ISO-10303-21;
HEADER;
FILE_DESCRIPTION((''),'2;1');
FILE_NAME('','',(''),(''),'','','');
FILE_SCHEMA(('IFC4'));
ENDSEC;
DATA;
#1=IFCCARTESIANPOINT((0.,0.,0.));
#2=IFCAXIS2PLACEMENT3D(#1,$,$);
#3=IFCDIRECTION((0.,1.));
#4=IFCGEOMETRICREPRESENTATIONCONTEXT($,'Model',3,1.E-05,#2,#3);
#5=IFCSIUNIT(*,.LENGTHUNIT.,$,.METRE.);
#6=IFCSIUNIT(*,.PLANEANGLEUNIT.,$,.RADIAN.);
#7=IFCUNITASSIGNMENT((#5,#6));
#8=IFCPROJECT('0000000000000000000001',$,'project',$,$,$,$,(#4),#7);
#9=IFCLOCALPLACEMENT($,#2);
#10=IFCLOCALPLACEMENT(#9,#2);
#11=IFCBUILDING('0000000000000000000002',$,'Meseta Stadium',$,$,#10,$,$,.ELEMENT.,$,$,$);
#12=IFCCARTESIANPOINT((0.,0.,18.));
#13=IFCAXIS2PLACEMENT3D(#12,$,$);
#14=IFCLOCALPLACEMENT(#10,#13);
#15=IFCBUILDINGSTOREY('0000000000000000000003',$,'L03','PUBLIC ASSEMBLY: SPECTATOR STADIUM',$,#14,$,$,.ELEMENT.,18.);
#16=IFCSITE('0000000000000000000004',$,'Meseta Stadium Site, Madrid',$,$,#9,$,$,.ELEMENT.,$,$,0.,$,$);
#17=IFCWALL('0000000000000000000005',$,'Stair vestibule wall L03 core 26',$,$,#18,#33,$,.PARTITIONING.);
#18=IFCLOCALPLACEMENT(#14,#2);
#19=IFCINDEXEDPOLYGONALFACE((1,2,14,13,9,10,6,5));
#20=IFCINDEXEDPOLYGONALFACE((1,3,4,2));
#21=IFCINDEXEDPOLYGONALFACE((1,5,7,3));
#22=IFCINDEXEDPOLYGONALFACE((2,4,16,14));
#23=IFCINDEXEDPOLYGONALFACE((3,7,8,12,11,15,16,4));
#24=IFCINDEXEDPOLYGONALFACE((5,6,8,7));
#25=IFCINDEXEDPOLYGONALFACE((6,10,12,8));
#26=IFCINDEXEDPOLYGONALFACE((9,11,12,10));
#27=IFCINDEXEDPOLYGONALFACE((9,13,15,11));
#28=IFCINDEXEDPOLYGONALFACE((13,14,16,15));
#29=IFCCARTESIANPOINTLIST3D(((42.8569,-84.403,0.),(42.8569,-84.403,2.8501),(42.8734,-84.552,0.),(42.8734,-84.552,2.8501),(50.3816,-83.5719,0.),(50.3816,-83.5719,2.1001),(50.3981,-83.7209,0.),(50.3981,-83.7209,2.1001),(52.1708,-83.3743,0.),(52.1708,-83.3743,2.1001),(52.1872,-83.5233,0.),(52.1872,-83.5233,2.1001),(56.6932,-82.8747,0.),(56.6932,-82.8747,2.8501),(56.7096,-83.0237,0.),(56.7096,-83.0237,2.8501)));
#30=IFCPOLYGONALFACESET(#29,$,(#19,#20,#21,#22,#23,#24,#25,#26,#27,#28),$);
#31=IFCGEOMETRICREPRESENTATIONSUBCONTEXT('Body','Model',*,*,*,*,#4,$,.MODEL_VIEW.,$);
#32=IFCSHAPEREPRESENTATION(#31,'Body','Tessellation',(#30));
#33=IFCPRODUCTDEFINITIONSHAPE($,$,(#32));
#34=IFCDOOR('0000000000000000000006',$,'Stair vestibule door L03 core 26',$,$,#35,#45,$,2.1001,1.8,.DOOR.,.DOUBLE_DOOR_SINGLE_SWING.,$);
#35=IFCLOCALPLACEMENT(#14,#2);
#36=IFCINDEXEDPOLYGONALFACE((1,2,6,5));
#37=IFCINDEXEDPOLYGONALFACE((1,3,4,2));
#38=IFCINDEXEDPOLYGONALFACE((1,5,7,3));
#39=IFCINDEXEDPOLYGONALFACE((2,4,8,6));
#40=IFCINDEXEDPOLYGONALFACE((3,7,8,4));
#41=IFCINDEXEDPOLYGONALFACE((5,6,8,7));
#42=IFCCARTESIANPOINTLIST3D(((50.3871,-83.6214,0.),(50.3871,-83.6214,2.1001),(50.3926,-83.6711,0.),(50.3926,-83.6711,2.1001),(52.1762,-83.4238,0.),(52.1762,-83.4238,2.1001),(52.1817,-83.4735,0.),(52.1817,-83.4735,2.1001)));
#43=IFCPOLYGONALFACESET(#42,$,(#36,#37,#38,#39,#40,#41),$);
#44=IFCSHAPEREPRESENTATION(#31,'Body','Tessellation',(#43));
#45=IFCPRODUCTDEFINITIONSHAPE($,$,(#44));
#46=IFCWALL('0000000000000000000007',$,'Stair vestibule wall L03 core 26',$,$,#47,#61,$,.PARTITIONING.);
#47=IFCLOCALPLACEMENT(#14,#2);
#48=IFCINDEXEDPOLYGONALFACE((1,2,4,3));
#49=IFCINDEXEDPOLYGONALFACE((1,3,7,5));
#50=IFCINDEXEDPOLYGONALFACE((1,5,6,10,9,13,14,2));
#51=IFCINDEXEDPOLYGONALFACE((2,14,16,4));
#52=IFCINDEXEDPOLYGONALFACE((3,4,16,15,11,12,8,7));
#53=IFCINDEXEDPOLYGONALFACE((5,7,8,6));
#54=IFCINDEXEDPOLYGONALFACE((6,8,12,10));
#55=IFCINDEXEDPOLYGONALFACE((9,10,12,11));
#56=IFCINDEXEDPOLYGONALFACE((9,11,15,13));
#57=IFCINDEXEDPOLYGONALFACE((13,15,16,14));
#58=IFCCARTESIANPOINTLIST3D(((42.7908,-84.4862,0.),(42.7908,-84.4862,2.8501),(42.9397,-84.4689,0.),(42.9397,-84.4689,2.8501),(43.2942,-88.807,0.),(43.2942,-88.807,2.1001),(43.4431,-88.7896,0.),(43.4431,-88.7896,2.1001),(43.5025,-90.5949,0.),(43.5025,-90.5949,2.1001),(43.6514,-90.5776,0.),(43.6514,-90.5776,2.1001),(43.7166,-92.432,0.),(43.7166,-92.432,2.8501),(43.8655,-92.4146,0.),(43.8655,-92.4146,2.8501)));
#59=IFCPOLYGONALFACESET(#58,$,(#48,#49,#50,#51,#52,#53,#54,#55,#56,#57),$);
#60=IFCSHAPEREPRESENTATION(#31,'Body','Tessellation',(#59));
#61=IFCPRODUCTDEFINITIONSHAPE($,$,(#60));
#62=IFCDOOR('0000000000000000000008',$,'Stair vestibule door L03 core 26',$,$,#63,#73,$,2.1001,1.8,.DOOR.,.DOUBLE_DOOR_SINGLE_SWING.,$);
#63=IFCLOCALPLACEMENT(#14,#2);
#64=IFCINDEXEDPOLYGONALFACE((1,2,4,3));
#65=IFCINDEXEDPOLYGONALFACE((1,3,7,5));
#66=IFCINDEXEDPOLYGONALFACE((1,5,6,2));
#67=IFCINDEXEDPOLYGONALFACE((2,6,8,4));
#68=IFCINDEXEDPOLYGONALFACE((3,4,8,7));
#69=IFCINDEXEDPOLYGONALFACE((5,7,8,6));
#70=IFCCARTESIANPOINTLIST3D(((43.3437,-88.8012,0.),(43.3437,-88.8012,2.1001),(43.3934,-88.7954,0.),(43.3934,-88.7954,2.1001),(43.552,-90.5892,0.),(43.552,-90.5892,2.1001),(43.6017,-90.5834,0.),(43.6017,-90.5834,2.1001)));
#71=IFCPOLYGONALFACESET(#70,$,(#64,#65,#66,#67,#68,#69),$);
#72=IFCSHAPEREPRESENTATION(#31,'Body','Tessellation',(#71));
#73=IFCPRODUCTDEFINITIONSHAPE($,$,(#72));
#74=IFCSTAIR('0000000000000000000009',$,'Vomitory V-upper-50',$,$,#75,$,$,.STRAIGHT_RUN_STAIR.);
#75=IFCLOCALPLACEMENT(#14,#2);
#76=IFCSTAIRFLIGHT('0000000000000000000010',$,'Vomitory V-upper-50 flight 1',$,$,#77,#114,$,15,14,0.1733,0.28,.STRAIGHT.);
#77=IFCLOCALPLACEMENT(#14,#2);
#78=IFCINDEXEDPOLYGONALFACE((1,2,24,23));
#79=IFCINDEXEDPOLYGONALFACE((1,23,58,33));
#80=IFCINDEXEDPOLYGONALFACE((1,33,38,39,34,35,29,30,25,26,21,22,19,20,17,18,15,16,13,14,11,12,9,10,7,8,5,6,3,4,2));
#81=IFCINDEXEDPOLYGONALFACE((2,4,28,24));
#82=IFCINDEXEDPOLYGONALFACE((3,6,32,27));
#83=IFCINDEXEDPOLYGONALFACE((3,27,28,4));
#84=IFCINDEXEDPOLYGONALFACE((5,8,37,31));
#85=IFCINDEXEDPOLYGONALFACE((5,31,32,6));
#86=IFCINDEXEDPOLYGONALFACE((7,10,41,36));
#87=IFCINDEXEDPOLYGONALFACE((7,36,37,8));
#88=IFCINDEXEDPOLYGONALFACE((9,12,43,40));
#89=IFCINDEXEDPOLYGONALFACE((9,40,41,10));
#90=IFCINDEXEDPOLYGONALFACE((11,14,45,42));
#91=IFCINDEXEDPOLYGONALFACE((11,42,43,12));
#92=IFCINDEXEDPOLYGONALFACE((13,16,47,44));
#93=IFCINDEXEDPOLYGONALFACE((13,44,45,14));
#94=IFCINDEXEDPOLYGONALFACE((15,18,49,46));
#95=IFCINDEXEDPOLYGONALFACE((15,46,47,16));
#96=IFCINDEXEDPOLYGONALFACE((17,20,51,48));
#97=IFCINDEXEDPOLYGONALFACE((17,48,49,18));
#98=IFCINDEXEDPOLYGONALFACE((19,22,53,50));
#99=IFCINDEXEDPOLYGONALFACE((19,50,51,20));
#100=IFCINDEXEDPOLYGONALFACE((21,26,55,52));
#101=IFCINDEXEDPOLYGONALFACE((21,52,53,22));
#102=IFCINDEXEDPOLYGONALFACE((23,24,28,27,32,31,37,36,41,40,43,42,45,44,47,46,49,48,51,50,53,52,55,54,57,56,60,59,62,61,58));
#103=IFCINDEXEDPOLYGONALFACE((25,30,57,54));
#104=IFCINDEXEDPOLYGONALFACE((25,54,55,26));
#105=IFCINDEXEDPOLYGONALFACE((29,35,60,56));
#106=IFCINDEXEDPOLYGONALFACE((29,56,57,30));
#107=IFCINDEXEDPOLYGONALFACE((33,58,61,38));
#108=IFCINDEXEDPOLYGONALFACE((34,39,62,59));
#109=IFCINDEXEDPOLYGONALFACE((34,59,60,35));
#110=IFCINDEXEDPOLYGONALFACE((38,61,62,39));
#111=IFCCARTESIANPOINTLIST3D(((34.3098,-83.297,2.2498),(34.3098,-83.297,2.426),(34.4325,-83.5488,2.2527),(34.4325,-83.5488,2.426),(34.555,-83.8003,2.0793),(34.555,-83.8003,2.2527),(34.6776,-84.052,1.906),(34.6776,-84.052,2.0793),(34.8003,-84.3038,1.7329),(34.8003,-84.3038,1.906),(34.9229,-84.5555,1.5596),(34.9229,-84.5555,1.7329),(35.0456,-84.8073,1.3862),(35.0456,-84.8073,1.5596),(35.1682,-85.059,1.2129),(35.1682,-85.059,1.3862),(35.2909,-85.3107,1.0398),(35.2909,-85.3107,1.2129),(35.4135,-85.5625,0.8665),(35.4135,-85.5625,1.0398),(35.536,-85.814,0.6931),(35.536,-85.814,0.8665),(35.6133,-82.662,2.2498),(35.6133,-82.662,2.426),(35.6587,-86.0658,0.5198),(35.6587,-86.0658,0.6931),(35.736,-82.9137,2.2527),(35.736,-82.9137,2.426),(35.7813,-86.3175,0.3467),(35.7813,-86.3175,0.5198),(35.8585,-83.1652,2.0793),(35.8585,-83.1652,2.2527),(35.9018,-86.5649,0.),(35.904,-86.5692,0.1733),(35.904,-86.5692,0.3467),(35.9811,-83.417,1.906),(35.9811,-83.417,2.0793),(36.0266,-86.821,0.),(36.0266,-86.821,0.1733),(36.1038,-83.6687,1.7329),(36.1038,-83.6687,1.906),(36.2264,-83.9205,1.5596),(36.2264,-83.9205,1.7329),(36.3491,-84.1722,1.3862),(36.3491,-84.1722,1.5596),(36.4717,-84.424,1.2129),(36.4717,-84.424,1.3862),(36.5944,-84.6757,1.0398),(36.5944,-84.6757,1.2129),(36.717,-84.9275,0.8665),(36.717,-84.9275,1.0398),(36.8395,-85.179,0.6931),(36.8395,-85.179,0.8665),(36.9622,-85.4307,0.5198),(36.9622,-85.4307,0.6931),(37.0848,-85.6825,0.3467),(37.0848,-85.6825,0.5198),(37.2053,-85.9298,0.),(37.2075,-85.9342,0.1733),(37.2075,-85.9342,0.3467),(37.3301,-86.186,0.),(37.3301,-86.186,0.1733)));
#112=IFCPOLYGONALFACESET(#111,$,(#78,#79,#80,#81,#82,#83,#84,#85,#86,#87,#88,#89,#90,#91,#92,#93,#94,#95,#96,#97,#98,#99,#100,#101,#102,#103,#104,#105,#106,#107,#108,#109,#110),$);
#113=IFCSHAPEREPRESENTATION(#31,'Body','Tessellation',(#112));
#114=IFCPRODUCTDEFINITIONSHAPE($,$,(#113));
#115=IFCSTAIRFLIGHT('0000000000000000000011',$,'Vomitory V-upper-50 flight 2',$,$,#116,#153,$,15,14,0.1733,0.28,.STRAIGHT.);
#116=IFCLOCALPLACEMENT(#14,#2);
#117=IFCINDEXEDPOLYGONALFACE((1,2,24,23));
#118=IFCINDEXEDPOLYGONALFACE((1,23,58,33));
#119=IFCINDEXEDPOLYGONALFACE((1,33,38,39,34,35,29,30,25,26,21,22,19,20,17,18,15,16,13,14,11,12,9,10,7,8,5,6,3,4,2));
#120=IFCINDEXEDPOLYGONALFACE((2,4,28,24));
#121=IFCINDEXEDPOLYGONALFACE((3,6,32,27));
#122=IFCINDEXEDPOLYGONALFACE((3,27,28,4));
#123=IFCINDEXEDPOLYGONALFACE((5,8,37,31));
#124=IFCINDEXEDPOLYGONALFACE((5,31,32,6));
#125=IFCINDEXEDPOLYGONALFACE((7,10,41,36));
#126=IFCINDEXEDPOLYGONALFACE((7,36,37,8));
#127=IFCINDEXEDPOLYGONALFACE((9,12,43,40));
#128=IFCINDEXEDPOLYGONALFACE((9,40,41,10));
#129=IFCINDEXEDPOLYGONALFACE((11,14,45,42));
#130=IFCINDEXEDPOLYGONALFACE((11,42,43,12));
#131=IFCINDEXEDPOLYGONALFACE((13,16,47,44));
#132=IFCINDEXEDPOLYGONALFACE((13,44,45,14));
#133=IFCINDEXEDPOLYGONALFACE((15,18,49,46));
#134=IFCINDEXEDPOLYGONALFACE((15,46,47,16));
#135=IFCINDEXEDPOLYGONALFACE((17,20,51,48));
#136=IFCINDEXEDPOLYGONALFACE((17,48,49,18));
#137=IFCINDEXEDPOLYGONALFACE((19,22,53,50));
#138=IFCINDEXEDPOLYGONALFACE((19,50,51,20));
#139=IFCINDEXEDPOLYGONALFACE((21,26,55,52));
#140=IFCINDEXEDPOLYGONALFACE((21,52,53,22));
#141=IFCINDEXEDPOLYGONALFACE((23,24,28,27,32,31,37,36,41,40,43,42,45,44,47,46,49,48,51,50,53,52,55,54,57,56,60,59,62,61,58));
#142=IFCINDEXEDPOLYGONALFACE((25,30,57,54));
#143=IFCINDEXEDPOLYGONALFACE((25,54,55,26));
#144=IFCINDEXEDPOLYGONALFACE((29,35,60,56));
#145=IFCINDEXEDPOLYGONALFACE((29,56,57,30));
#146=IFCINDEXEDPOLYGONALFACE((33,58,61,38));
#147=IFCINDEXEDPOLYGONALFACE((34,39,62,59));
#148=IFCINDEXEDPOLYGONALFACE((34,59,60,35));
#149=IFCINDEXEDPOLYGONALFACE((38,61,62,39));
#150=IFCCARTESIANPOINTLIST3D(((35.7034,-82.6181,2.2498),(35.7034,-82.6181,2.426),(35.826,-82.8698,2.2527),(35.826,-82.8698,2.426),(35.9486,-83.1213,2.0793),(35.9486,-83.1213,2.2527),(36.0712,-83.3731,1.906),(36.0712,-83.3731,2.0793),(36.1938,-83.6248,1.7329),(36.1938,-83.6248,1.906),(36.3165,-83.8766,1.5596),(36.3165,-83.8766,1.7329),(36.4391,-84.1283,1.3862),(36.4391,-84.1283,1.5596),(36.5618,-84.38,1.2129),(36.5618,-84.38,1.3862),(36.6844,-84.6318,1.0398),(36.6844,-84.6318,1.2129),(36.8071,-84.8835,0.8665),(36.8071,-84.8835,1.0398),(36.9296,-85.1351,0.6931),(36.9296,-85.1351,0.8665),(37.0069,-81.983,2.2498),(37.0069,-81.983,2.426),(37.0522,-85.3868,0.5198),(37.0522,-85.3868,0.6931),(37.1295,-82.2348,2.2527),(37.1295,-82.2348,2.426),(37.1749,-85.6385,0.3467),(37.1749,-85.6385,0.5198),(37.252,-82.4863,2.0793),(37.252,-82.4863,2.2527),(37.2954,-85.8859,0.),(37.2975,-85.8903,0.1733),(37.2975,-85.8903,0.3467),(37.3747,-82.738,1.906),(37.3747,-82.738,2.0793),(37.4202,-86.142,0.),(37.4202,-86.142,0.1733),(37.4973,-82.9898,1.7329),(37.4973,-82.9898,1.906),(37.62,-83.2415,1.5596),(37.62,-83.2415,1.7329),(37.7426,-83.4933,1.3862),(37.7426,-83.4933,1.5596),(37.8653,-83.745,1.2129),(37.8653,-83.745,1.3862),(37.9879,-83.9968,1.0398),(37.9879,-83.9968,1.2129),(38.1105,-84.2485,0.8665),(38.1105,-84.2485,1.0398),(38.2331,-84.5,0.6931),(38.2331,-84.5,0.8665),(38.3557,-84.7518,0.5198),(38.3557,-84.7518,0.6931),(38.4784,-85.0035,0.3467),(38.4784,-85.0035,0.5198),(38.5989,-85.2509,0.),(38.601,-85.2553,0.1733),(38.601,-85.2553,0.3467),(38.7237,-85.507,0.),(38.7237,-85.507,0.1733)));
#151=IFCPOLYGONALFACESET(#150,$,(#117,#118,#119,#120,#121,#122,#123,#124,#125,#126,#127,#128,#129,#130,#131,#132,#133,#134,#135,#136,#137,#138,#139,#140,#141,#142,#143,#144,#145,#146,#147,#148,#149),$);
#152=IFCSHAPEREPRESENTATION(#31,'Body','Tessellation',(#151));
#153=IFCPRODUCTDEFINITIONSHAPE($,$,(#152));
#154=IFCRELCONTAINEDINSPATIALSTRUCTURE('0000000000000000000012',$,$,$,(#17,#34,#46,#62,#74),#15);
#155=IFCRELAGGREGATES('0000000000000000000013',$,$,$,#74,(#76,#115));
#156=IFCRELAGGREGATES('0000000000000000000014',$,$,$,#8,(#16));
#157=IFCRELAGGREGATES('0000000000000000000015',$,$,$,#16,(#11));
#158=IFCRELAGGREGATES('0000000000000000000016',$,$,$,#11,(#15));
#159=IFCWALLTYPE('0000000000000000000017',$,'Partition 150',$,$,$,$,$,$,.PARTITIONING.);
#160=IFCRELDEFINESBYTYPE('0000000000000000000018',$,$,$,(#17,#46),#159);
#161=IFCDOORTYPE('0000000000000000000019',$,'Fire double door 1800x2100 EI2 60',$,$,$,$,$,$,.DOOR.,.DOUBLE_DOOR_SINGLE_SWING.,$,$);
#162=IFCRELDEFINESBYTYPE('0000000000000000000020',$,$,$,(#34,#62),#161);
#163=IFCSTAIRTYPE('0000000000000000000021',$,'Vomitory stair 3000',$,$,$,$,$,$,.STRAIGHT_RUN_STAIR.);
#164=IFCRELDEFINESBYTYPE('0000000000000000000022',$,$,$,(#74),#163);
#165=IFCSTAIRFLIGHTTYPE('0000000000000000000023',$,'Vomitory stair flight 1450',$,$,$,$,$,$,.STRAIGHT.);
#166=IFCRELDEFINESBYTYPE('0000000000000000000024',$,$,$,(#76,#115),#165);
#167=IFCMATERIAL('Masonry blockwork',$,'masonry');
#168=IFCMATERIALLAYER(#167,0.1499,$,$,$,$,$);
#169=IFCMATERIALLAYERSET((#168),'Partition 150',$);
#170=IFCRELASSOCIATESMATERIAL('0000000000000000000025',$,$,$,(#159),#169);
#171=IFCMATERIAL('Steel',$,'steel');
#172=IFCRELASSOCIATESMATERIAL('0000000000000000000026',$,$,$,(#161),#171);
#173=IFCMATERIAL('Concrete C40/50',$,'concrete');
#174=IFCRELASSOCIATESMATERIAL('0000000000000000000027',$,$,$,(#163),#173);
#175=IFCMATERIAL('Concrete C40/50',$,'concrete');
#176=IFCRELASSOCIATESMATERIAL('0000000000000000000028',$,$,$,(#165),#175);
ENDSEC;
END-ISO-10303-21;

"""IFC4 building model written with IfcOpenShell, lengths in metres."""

from ifc_helpers import new_model, si_unit, direction, frame, frame_2d, origin, place, context, subcontext, project, spatial, polyline, rectangle, outline, extrude, material, layer, layer_set, type_object, element, fill, aggregate, save


model = new_model("IFC4")

# Units and contexts
model_context = context("Model", 3, precision=1e-05, world=origin(), true_north=direction((0.0, 1.0)))
body_context = subcontext(model_context, "Body", "Model", "MODEL_VIEW")
ifc_project = project(units=[si_unit("LENGTHUNIT", "METRE"), si_unit("PLANEANGLEUNIT", "RADIAN")], contexts=[model_context])

# Site, building, storey
site_placement = place(None, origin())
site = spatial("IfcSite", under=ifc_project, at=site_placement, Name="Meseta Stadium Site, Madrid", CompositionType="ELEMENT", RefElevation=0.0)
building_placement = place(site_placement, origin())
building = spatial("IfcBuilding", under=site, at=building_placement, Name="Meseta Stadium", CompositionType="ELEMENT")
storey_placement = place(building_placement, frame((0.0, 0.0, 18.0)))
storey = spatial("IfcBuildingStorey", under=building, at=storey_placement, Name="L03", Description="PUBLIC ASSEMBLY: SPECTATOR STADIUM", CompositionType="ELEMENT", Elevation=18.0)

# Walls, openings, doors
ifc_material_1 = material(Name="Masonry blockwork", Category="masonry")
ifc_layer_1 = layer(ifc_material_1, 0.1499)
ifc_layer_set_1 = layer_set([ifc_layer_1], Name="Partition 150")
wall_type_1 = type_object("IfcWallType", Name="Partition 150", PredefinedType="PARTITIONING", material=ifc_layer_set_1)
wall_1_placement = place(storey_placement, frame((56.7014, -82.9492, 0.0), z_axis=(0.0, 0.0, 1.0), x_axis=(-0.993955, -0.10979, 0.0)))
wall_1 = element("IfcWall", 1, at=wall_1_placement, inside=storey, type_object=wall_type_1, Name="Stair vestibule wall L03 core 26", PredefinedType="PARTITIONING", context=body_context, shape_type="SweptSolid", body=[
    extrude(rectangle(XDim=13.9204, YDim=0.1499, at=frame_2d((6.9602, 0.0))), origin(), (0.0, 0.0, 1.0), 2.8501),
])
opening_1_placement = place(wall_1_placement, frame((4.55, 0.0, 0.0)))
opening_1 = element("IfcOpeningElement", 2, at=opening_1_placement, cuts=wall_1, PredefinedType="OPENING", context=body_context, shape_type="SweptSolid", body=[
    extrude(rectangle(XDim=1.8, YDim=2.1001, at=frame_2d((0.8999, 1.05))), frame((0.0, 0.085, 0.0), z_axis=(0.0, -1.0, 0.0), x_axis=(1.0, 0.0, 0.0)), (0.0, 0.0, 1.0), 0.1699),
])
ifc_material_2 = material(Name="Steel", Category="steel")
door_type_1 = type_object("IfcDoorType", Name="Fire double door 1800x2100 EI2 60", OperationType="DOUBLE_DOOR_SINGLE_SWING", PredefinedType="DOOR", material=ifc_material_2)
door_1_placement = place(opening_1_placement, origin())
door_1 = element("IfcDoor", 3, at=door_1_placement, inside=storey, type_object=door_type_1, Name="Stair vestibule door L03 core 26", OperationType="DOUBLE_DOOR_SINGLE_SWING", OverallHeight=2.1001, OverallWidth=1.8, PredefinedType="DOOR", context=body_context, shape_type="SweptSolid", body=[
    extrude(rectangle(XDim=1.8, YDim=2.1001, at=frame_2d((0.8999, 1.05))), frame((0.0, 0.0249, 0.0), z_axis=(0.0, -1.0, 0.0), x_axis=(1.0, 0.0, 0.0)), (0.0, 0.0, 1.0), 0.05),
])
fill(opening_1, door_1)
wall_2_placement = place(storey_placement, frame((42.8652, -84.4775, 0.0), z_axis=(0.0, 0.0, 1.0), x_axis=(0.115729, -0.993281, 0.0)))
wall_2 = element("IfcWall", 4, at=wall_2_placement, inside=storey, type_object=wall_type_1, Name="Stair vestibule wall L03 core 26", PredefinedType="PARTITIONING", context=body_context, shape_type="SweptSolid", body=[
    extrude(rectangle(XDim=7.9995, YDim=0.1499, at=frame_2d((3.9998, 0.0))), origin(), (0.0, 0.0, 1.0), 2.8501),
])
opening_2_placement = place(wall_2_placement, frame((4.3501, 0.0, 0.0)))
opening_2 = element("IfcOpeningElement", 5, at=opening_2_placement, cuts=wall_2, PredefinedType="OPENING", context=body_context, shape_type="SweptSolid", body=[
    extrude(rectangle(XDim=1.8, YDim=2.1001, at=frame_2d((0.8999, 1.05))), frame((0.0, 0.085, 0.0), z_axis=(0.0, -1.0, 0.0), x_axis=(1.0, 0.0, 0.0)), (0.0, 0.0, 1.0), 0.1699),
])
door_2_placement = place(opening_2_placement, origin())
door_2 = element("IfcDoor", 6, at=door_2_placement, inside=storey, type_object=door_type_1, Name="Stair vestibule door L03 core 26", OperationType="DOUBLE_DOOR_SINGLE_SWING", OverallHeight=2.1001, OverallWidth=1.8, PredefinedType="DOOR", context=body_context, shape_type="SweptSolid", body=[
    extrude(rectangle(XDim=1.8, YDim=2.1001, at=frame_2d((0.8999, 1.05))), frame((0.0, 0.0249, 0.0), z_axis=(0.0, -1.0, 0.0), x_axis=(1.0, 0.0, 0.0)), (0.0, 0.0, 1.0), 0.05),
])
fill(opening_2, door_2)

# Stair, stair flights
ifc_material_3 = material(Name="Concrete C40/50", Category="concrete")
stair_type = type_object("IfcStairType", Name="Vomitory stair 3000", PredefinedType="STRAIGHT_RUN_STAIR", material=ifc_material_3)
stair_1_placement = place(storey_placement, origin())
stair_1 = element("IfcStair", 7, at=stair_1_placement, inside=storey, type_object=stair_type, Name="Vomitory V-upper-50", PredefinedType="STRAIGHT_RUN_STAIR")
ifc_material_4 = material(Name="Concrete C40/50", Category="concrete")
stair_flight_type = type_object("IfcStairFlightType", Name="Vomitory stair flight 1450", PredefinedType="STRAIGHT", material=ifc_material_4)
stair_flight_1_placement = place(storey_placement, frame((36.6785, -86.5034, 0.0), z_axis=(0.0, 0.0, 1.0), x_axis=(-0.437966, 0.898991, 0.0)))
stair_flight_1 = element("IfcStairFlight", 8, at=stair_flight_1_placement, type_object=stair_flight_type, Name="Vomitory V-upper-50 flight 1", NumberOfRisers=15, NumberOfTreads=14, PredefinedType="STRAIGHT", RiserHeight=0.1733, TreadLength=0.28, context=body_context, shape_type="SweptSolid", body=[
    extrude(outline(polyline([(0.0, 0.0), (0.0, 0.1733), (0.28, 0.1733), (0.28, 0.3467), (0.5601, 0.3467), (0.5601, 0.5198), (0.8401, 0.5198), (0.8401, 0.6931), (1.1201, 0.6931), (1.1201, 0.8665), (1.3999, 0.8665), (1.3999, 1.0398), (1.6799, 1.0398), (1.6799, 1.2129), (1.96, 1.2129), (1.96, 1.3862), (2.24, 1.3862), (2.24, 1.5596), (2.52, 1.5596), (2.52, 1.7329), (2.8, 1.7329), (2.8, 1.906), (3.0801, 1.906), (3.0801, 2.0793), (3.3601, 2.0793), (3.3601, 2.2527), (3.6399, 2.2527), (3.6399, 2.426), (3.9199, 2.426), (3.9199, 2.2498), (0.2849, 0.0), (0.0, 0.0)])), frame((0.0, 0.7251, 0.0), z_axis=(0.0, -1.0, 0.0), x_axis=(1.0, 0.0, 0.0)), (0.0, 0.0, 1.0), 1.45),
])
stair_flight_2_placement = place(storey_placement, frame((38.072, -85.8245, 0.0), z_axis=(0.0, 0.0, 1.0), x_axis=(-0.437966, 0.898991, 0.0)))
stair_flight_2 = element("IfcStairFlight", 9, at=stair_flight_2_placement, type_object=stair_flight_type, Name="Vomitory V-upper-50 flight 2", NumberOfRisers=15, NumberOfTreads=14, PredefinedType="STRAIGHT", RiserHeight=0.1733, TreadLength=0.28, context=body_context, shape_type="SweptSolid", body=[
    extrude(outline(polyline([(0.0, 0.0), (0.0, 0.1733), (0.28, 0.1733), (0.28, 0.3467), (0.5601, 0.3467), (0.5601, 0.5198), (0.8401, 0.5198), (0.8401, 0.6931), (1.1201, 0.6931), (1.1201, 0.8665), (1.3999, 0.8665), (1.3999, 1.0398), (1.6799, 1.0398), (1.6799, 1.2129), (1.96, 1.2129), (1.96, 1.3862), (2.24, 1.3862), (2.24, 1.5596), (2.52, 1.5596), (2.52, 1.7329), (2.8, 1.7329), (2.8, 1.906), (3.0801, 1.906), (3.0801, 2.0793), (3.3601, 2.0793), (3.3601, 2.2527), (3.6399, 2.2527), (3.6399, 2.426), (3.9199, 2.426), (3.9199, 2.2498), (0.2849, 0.0), (0.0, 0.0)])), frame((0.0, 0.7251, 0.0), z_axis=(0.0, -1.0, 0.0), x_axis=(1.0, 0.0, 0.0)), (0.0, 0.0, 1.0), 1.45),
])
aggregate(stair_1, [stair_flight_1, stair_flight_2])

save(model, "model.ifc")
